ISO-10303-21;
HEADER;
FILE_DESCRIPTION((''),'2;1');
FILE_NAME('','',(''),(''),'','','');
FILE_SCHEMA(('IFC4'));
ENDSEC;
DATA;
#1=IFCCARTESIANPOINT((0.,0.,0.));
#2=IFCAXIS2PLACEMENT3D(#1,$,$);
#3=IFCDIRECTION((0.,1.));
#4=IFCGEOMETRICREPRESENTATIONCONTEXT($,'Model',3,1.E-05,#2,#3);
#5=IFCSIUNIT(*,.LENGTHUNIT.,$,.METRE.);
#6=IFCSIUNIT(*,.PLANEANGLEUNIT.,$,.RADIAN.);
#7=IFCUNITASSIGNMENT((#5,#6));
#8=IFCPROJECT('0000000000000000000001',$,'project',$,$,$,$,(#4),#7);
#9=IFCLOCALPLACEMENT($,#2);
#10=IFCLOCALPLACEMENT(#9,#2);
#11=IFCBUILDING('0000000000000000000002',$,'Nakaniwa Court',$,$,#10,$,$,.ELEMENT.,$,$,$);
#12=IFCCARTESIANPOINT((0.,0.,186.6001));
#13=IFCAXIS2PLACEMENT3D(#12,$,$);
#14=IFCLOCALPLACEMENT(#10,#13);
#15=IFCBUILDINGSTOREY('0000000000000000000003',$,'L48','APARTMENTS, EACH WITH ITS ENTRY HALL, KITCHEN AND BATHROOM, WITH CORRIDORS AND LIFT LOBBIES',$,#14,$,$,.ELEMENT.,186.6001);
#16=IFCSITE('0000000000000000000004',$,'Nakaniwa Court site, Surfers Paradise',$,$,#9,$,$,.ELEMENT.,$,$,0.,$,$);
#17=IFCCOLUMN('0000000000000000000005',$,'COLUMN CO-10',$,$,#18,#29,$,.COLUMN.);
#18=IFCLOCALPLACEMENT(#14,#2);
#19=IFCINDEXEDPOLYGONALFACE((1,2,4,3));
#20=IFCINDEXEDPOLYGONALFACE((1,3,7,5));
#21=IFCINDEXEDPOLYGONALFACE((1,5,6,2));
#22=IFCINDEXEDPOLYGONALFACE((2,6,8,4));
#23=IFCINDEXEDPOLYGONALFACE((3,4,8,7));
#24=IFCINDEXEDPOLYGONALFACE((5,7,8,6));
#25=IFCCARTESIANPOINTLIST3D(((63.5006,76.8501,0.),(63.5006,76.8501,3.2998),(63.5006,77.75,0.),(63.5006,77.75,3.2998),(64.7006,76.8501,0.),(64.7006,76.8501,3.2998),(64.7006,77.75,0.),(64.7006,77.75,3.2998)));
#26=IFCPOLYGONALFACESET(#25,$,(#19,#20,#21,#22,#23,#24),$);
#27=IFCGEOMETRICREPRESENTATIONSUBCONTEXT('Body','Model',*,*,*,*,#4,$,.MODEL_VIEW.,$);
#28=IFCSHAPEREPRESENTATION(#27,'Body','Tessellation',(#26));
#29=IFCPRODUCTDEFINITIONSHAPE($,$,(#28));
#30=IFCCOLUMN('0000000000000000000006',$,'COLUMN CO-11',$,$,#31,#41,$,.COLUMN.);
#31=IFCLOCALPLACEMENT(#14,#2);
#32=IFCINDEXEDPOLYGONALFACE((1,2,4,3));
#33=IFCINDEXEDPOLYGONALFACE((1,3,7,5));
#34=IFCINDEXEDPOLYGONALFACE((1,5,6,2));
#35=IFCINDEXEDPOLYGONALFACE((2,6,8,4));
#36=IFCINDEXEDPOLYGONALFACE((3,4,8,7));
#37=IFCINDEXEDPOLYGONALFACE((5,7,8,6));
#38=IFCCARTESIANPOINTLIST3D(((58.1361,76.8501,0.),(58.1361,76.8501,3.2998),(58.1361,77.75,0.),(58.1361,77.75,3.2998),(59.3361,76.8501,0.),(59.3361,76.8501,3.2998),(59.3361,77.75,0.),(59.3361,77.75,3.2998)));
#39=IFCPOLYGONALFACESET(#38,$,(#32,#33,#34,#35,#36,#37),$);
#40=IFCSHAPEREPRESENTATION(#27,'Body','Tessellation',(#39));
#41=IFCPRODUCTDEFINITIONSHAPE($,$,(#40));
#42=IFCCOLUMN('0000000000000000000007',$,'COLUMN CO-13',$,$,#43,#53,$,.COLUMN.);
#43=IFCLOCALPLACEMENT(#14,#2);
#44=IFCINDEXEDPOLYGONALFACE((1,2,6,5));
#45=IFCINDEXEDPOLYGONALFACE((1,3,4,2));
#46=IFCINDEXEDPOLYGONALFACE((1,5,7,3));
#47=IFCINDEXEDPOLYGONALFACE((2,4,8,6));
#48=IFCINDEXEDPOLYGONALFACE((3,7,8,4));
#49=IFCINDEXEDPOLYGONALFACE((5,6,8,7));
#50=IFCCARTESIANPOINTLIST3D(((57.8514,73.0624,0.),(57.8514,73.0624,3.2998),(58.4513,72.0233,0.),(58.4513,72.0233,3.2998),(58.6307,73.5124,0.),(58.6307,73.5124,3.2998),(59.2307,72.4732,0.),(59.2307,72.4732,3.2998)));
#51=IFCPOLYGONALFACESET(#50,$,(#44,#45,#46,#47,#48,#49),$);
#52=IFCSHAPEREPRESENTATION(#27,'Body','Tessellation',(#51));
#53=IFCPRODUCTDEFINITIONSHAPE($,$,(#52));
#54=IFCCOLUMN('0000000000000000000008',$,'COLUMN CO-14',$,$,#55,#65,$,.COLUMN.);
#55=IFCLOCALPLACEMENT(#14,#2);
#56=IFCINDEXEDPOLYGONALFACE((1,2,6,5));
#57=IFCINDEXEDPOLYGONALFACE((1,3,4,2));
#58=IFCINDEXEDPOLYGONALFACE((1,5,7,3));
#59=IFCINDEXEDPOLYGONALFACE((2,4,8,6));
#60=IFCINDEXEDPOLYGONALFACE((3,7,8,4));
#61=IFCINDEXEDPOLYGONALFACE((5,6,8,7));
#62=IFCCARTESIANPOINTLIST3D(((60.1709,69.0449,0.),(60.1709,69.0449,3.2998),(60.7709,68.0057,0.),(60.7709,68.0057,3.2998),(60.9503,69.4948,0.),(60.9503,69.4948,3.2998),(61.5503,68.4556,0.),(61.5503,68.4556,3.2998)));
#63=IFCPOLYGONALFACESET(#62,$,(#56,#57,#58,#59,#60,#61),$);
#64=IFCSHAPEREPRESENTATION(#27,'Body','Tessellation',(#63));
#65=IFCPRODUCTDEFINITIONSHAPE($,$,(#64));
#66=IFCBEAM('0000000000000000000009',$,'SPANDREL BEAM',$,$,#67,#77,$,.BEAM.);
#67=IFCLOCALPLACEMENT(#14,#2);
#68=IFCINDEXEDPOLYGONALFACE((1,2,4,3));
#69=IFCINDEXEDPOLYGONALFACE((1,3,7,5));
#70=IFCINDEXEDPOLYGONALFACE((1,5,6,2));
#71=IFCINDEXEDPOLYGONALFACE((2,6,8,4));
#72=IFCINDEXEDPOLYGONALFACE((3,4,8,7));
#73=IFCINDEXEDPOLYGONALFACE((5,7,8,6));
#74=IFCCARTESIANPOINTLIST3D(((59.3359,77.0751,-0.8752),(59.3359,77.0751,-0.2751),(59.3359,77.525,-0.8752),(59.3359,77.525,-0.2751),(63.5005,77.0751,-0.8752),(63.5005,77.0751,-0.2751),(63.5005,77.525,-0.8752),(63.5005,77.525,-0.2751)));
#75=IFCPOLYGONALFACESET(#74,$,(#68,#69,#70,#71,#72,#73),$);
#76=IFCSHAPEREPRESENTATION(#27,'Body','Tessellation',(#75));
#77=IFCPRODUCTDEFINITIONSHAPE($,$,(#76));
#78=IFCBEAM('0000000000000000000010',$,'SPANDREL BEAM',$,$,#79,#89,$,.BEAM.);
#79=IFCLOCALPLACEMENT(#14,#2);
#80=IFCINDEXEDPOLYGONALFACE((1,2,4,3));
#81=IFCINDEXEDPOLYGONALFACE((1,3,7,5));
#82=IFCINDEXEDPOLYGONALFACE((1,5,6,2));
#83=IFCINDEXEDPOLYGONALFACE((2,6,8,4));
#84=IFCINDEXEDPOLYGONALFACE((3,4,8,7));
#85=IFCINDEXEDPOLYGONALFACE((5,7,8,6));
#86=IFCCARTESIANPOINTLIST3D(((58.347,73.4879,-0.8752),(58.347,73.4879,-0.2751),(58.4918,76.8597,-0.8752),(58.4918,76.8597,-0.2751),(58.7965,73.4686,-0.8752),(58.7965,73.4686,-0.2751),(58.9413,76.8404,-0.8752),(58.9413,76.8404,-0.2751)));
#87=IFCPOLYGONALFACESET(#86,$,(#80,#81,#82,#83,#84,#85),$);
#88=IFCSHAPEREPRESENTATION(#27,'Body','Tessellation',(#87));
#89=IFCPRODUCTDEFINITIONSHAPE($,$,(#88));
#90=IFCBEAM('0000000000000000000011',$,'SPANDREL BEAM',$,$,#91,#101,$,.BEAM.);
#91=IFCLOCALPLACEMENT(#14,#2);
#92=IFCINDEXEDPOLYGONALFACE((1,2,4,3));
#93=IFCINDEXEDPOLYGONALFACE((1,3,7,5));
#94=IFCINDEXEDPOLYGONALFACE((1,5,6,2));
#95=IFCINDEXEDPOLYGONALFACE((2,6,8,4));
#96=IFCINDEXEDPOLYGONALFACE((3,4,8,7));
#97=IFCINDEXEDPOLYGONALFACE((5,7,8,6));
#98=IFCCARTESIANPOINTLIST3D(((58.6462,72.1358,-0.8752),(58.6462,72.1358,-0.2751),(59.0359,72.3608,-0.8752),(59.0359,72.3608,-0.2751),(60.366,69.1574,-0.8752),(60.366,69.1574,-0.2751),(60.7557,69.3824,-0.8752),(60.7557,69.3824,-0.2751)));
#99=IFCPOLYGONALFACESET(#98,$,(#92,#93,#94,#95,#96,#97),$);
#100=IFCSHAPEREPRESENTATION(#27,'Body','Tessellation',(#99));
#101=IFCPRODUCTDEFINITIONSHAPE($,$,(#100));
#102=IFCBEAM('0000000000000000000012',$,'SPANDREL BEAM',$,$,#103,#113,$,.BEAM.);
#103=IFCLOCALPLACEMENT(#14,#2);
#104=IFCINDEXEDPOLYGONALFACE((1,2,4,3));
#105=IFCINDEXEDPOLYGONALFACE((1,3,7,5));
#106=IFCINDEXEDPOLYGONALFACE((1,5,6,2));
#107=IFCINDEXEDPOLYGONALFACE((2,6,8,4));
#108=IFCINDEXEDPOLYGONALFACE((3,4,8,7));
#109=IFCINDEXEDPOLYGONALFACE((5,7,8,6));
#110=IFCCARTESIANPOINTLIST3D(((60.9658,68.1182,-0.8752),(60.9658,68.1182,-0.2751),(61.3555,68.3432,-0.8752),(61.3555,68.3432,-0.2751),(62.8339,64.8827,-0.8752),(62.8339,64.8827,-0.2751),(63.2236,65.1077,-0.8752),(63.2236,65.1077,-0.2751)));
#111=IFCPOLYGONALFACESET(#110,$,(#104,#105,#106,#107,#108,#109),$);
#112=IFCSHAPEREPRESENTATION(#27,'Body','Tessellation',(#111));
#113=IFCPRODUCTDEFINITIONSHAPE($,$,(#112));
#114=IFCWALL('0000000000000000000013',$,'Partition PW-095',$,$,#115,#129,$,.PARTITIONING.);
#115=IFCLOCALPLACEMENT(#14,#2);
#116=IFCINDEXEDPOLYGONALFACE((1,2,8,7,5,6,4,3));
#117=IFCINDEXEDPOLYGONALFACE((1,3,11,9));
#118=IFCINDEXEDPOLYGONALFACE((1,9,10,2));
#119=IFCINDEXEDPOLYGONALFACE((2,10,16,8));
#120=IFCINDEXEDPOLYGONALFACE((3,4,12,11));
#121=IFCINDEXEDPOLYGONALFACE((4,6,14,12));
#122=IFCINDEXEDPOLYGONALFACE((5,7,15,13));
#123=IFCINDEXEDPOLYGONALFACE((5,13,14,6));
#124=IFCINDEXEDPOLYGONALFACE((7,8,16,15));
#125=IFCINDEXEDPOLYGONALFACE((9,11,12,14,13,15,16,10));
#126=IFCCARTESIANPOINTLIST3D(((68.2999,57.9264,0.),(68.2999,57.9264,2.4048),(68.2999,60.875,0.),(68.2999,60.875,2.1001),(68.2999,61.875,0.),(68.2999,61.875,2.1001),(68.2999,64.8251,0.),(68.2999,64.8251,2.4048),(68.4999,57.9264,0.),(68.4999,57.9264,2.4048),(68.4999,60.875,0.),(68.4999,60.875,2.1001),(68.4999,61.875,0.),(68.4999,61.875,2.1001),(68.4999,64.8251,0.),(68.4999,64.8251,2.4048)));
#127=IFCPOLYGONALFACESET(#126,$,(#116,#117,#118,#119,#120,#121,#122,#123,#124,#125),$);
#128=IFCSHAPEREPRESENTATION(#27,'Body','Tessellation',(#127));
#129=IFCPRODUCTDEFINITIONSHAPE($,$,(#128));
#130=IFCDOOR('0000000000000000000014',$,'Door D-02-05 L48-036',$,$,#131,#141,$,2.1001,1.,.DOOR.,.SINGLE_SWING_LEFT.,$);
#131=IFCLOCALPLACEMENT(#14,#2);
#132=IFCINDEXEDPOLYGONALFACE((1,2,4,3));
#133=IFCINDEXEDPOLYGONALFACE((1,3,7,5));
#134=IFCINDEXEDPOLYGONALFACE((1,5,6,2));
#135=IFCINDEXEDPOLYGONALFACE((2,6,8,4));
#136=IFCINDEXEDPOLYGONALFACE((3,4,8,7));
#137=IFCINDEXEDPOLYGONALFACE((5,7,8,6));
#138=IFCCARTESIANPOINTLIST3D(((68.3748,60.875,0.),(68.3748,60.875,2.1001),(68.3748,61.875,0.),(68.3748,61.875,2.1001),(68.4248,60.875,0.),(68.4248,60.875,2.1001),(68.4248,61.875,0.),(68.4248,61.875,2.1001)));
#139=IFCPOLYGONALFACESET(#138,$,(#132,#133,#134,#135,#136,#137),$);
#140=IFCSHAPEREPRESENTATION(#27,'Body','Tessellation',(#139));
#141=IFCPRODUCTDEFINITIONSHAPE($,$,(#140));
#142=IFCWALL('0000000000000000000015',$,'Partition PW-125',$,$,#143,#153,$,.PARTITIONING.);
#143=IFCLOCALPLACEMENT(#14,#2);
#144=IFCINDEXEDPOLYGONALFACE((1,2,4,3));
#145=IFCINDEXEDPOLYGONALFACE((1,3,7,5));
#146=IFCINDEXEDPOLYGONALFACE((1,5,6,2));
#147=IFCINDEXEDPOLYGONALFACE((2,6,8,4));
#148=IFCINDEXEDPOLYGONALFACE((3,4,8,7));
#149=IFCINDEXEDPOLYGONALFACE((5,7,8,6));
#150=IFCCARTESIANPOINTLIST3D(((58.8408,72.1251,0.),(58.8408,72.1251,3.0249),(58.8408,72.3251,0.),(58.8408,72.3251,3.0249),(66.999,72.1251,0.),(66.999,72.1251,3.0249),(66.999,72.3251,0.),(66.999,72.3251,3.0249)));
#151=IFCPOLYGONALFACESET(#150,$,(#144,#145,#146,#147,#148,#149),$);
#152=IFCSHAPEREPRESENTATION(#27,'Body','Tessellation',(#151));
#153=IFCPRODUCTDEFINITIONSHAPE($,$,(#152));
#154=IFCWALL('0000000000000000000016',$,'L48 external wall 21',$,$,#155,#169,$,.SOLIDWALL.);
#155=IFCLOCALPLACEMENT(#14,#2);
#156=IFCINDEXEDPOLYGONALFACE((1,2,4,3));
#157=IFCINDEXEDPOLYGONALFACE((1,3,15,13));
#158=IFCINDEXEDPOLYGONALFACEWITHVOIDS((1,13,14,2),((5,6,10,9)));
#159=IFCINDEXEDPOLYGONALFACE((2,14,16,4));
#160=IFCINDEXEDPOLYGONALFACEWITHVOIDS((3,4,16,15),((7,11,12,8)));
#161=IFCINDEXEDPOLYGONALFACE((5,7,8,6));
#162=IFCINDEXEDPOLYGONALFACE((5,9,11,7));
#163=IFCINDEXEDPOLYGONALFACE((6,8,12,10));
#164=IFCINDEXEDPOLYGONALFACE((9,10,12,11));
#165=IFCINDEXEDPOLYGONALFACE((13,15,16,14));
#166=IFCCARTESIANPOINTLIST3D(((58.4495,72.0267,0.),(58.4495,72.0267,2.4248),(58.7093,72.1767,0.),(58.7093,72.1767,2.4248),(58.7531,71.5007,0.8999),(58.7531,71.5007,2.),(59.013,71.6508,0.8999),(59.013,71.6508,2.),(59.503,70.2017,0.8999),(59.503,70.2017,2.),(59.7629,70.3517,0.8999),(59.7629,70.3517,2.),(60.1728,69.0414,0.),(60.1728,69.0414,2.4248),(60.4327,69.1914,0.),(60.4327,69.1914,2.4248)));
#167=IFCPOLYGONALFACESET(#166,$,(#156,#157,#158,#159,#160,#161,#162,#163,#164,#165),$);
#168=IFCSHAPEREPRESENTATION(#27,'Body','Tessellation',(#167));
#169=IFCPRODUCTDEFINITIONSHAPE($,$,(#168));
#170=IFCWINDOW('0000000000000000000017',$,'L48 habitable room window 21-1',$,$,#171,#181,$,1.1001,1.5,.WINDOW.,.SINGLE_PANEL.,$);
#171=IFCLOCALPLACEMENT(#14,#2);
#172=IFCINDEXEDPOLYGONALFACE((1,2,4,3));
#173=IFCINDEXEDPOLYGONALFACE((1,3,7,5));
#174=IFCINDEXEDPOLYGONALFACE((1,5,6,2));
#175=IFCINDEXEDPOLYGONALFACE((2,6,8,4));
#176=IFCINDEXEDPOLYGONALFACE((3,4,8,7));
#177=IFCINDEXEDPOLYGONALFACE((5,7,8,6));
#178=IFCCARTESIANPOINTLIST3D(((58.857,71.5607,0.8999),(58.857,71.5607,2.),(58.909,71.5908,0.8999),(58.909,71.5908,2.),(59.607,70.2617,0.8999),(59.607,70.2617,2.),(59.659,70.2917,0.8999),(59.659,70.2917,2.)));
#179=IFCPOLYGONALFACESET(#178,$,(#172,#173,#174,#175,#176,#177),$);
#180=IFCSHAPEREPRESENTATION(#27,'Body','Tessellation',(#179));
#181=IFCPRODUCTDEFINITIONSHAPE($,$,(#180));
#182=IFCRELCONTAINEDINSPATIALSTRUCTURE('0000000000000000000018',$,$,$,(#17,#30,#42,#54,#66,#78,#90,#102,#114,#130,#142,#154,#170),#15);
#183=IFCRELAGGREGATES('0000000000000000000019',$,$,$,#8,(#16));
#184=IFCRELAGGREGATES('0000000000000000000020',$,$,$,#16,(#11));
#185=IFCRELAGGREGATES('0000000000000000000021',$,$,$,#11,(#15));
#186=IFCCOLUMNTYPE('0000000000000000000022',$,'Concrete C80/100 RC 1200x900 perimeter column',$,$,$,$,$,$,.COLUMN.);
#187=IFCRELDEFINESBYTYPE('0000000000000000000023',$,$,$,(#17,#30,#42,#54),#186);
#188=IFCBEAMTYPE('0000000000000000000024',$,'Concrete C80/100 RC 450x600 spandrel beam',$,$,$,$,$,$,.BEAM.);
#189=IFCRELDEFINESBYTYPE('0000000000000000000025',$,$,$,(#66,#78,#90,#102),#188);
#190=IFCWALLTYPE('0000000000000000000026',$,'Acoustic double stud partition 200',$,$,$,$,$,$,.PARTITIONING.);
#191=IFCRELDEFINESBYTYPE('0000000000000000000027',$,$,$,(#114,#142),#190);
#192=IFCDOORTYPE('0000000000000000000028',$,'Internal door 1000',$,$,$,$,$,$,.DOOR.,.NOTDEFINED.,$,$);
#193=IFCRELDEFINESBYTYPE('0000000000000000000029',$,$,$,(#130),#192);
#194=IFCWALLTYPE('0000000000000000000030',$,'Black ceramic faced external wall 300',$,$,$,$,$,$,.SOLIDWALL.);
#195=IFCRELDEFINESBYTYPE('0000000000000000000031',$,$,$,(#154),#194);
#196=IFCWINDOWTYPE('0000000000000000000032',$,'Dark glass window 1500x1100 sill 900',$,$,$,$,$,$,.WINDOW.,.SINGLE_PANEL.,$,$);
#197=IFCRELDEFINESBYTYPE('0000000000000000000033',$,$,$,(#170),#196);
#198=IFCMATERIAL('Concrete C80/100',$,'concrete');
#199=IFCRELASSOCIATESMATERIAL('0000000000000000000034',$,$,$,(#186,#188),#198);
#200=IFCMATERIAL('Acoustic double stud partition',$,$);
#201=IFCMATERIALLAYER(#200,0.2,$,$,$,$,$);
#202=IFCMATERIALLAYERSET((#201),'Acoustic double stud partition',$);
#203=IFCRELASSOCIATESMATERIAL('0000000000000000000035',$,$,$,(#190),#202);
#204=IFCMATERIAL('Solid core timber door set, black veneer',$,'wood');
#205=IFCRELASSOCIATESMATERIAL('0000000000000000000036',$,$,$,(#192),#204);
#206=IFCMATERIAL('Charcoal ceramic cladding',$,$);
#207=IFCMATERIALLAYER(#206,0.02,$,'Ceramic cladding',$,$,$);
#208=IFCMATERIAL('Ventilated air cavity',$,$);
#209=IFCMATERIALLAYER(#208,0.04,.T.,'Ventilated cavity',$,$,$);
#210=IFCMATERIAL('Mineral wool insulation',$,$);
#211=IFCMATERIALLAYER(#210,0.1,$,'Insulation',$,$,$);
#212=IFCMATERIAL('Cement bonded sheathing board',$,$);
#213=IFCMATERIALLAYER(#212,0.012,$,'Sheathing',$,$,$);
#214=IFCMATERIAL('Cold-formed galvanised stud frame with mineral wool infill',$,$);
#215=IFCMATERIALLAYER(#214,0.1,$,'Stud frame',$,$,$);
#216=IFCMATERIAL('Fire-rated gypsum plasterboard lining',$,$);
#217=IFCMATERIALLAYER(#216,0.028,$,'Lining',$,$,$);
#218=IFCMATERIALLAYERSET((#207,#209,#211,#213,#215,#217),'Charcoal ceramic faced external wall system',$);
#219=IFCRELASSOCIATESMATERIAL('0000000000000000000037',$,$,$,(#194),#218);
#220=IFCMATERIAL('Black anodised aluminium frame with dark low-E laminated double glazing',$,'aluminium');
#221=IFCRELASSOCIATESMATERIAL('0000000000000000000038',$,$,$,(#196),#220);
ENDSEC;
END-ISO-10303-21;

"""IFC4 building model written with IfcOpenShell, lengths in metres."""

from ifc_helpers import new_model, si_unit, direction, frame, frame_2d, origin, origin_2d, place, context, subcontext, project, spatial, rectangle, extrude, material, layer, layer_set, material_profile, profile_set, type_object, element, fill, save


model = new_model("IFC4")

# Units and contexts
model_context = context("Model", 3, precision=1e-05, world=origin(), true_north=direction((0.0, 1.0)))
body_context = subcontext(model_context, "Body", "Model", "MODEL_VIEW")
ifc_project = project(units=[si_unit("LENGTHUNIT", "METRE"), si_unit("PLANEANGLEUNIT", "RADIAN")], contexts=[model_context])

# Site, building, storey
site_placement = place(None, origin())
site = spatial("IfcSite", under=ifc_project, at=site_placement, Name="Nakaniwa Court site, Surfers Paradise", CompositionType="ELEMENT", RefElevation=0.0)
building_placement = place(site_placement, origin())
building = spatial("IfcBuilding", under=site, at=building_placement, Name="Nakaniwa Court", CompositionType="ELEMENT")
storey_placement = place(building_placement, frame((0.0, 0.0, 186.6001)))
storey = spatial("IfcBuildingStorey", under=building, at=storey_placement, Name="L48", Description="APARTMENTS, EACH WITH ITS ENTRY HALL, KITCHEN AND BATHROOM, WITH CORRIDORS AND LIFT LOBBIES", CompositionType="ELEMENT", Elevation=186.6001)

# Columns
ifc_material_1 = material(Name="Concrete C80/100", Category="concrete")
ifc_material_profile_1 = material_profile(ifc_material_1, rectangle(XDim=1.2, YDim=0.8999, at=origin_2d()), Name="Concrete C80/100 RC 1200x900 perimeter column")
ifc_profile_set_1 = profile_set([ifc_material_profile_1], Name="Concrete C80/100")
column_type = type_object("IfcColumnType", Name="Concrete C80/100 RC 1200x900 perimeter column", PredefinedType="COLUMN", material=ifc_profile_set_1)
for number, where, z_axis, x_axis, name in (
    (1, (64.1006, 77.3, 0.0), (0.0, 0.0, 1.0), (-1.0, 0.0, 0.0), "COLUMN CO-10"),
    (2, (58.7361, 77.3, 0.0), (0.0, 0.0, 1.0), (-1.0, 0.0, 0.0), "COLUMN CO-11"),
    (3, (58.541, 72.7678, 0.0), (0.0, 0.0, 1.0), (0.5, -0.866025, 0.0), "COLUMN CO-13"),
    (4, (60.8606, 68.7502, 0.0), (0.0, 0.0, 1.0), (0.5, -0.866025, 0.0), "COLUMN CO-14"),
):
    element("IfcColumn", number, at=place(storey_placement, frame(where, z_axis=z_axis, x_axis=x_axis)), inside=storey, type_object=column_type, Name=name, PredefinedType="COLUMN", context=body_context, shape_type="SweptSolid", body=[
        extrude(rectangle(XDim=1.2, YDim=0.8999, at=origin_2d()), origin(), (0.0, 0.0, 1.0), 3.2998),
    ])

# Beams
ifc_material_profile_2 = material_profile(ifc_material_1, rectangle(XDim=0.45, YDim=0.6001, at=origin_2d()), Name="Concrete C80/100 RC 450x600 spandrel beam")
ifc_profile_set_2 = profile_set([ifc_material_profile_2], Name="Concrete C80/100")
beam_type = type_object("IfcBeamType", Name="Concrete C80/100 RC 450x600 spandrel beam", PredefinedType="BEAM", material=ifc_profile_set_2)
beam_1_placement = place(storey_placement, frame((63.5005, 77.3, -0.5752), z_axis=(-1.0, 0.0, 0.0), x_axis=(0.0, -1.0, 0.0)))
element("IfcBeam", 5, at=beam_1_placement, inside=storey, type_object=beam_type, Name="SPANDREL BEAM", PredefinedType="BEAM", context=body_context, shape_type="SweptSolid", body=[
    extrude(rectangle(XDim=0.45, YDim=0.6001, at=origin_2d()), origin(), (0.0, 0.0, 1.0), 4.1646),
])
beam_2_placement = place(storey_placement, frame((58.7166, 76.8501, -0.5752), z_axis=(-0.042897, -0.999079, 0.0), x_axis=(0.999079, -0.042897, 0.0)))
element("IfcBeam", 6, at=beam_2_placement, inside=storey, type_object=beam_type, Name="SPANDREL BEAM", PredefinedType="BEAM", context=body_context, shape_type="SweptSolid", body=[
    extrude(rectangle(XDim=0.45, YDim=0.6001, at=origin_2d()), origin(), (0.0, 0.0, 1.0), 3.375),
])
beam_3_placement = place(storey_placement, frame((58.8411, 72.2483, -0.5752), z_axis=(0.500048, -0.865998, 0.0), x_axis=(0.865998, 0.500048, 0.0)))
element("IfcBeam", 7, at=beam_3_placement, inside=storey, type_object=beam_type, Name="SPANDREL BEAM", PredefinedType="BEAM", context=body_context, shape_type="SweptSolid", body=[
    extrude(rectangle(XDim=0.45, YDim=0.6001, at=origin_2d()), origin(), (0.0, 0.0, 1.0), 3.4392),
])
beam_4_placement = place(storey_placement, frame((61.1606, 68.2307, -0.5752), z_axis=(0.500018, -0.866015, 0.0), x_axis=(0.866015, 0.500018, 0.0)))
element("IfcBeam", 8, at=beam_4_placement, inside=storey, type_object=beam_type, Name="SPANDREL BEAM", PredefinedType="BEAM", context=body_context, shape_type="SweptSolid", body=[
    extrude(rectangle(XDim=0.45, YDim=0.6001, at=origin_2d()), origin(), (0.0, 0.0, 1.0), 3.7361),
])

# Wall, opening, door
ifc_material_2 = material(Name="Acoustic double stud partition")
ifc_layer_1 = layer(ifc_material_2, 0.2)
ifc_layer_set_1 = layer_set([ifc_layer_1], Name="Acoustic double stud partition")
wall_type_1 = type_object("IfcWallType", Name="Acoustic double stud partition 200", PredefinedType="PARTITIONING", material=ifc_layer_set_1)
wall_1_placement = place(storey_placement, frame((68.3999, 64.825, 0.0), z_axis=(0.0, 0.0, 1.0), x_axis=(0.0, -1.0, 0.0)))
wall_1 = element("IfcWall", 9, at=wall_1_placement, inside=storey, type_object=wall_type_1, Name="Partition PW-095", PredefinedType="PARTITIONING", context=body_context, shape_type="SweptSolid", body=[
    extrude(rectangle(XDim=6.8987, YDim=0.2, at=frame_2d((3.4492, 0.0))), origin(), (0.0, 0.0, 1.0), 2.4048),
])
opening_1_placement = place(wall_1_placement, frame((2.95, 0.0, 0.0)))
opening_1 = element("IfcOpeningElement", 10, at=opening_1_placement, cuts=wall_1, PredefinedType="OPENING", context=body_context, shape_type="SweptSolid", body=[
    extrude(rectangle(XDim=1.0, YDim=2.1001, at=frame_2d((0.5, 1.05))), frame((0.0, 0.1099, 0.0), z_axis=(0.0, -1.0, 0.0), x_axis=(1.0, 0.0, 0.0)), (0.0, 0.0, 1.0), 0.22),
])
ifc_material_3 = material(Name="Solid core timber door set, black veneer", Category="wood")
door_type_1 = type_object("IfcDoorType", Name="Internal door 1000", OperationType="NOTDEFINED", PredefinedType="DOOR", material=ifc_material_3)
door_1_placement = place(opening_1_placement, origin())
door_1 = element("IfcDoor", 11, at=door_1_placement, inside=storey, type_object=door_type_1, Name="Door D-02-05 L48-036", OperationType="SINGLE_SWING_LEFT", OverallHeight=2.1001, OverallWidth=1.0, PredefinedType="DOOR", context=body_context, shape_type="SweptSolid", body=[
    extrude(rectangle(XDim=1.0, YDim=2.1001, at=frame_2d((0.5, 1.05))), frame((0.0, 0.0249, 0.0), z_axis=(0.0, -1.0, 0.0), x_axis=(1.0, 0.0, 0.0)), (0.0, 0.0, 1.0), 0.05),
])
fill(opening_1, door_1)

# Wall
wall_2_placement = place(storey_placement, frame((58.8408, 72.2251, 0.0), z_axis=(0.0, 0.0, 1.0), x_axis=(1.0, 0.0, 0.0)))
element("IfcWall", 12, at=wall_2_placement, inside=storey, type_object=wall_type_1, Name="Partition PW-125", PredefinedType="PARTITIONING", context=body_context, shape_type="SweptSolid", body=[
    extrude(rectangle(XDim=8.1582, YDim=0.2, at=frame_2d((4.0791, 0.0))), origin(), (0.0, 0.0, 1.0), 3.0249),
])

# Wall, opening, window
ifc_material_4 = material(Name="Charcoal ceramic cladding")
ifc_layer_2 = layer(ifc_material_4, 0.02, Name="Ceramic cladding")
ifc_material_5 = material(Name="Ventilated air cavity")
ifc_layer_3 = layer(ifc_material_5, 0.04, ventilated=True, Name="Ventilated cavity")
ifc_material_6 = material(Name="Mineral wool insulation")
ifc_layer_4 = layer(ifc_material_6, 0.1, Name="Insulation")
ifc_material_7 = material(Name="Cement bonded sheathing board")
ifc_layer_5 = layer(ifc_material_7, 0.012, Name="Sheathing")
ifc_material_8 = material(Name="Cold-formed galvanised stud frame with mineral wool infill")
ifc_layer_6 = layer(ifc_material_8, 0.1, Name="Stud frame")
ifc_material_9 = material(Name="Fire-rated gypsum plasterboard lining")
ifc_layer_7 = layer(ifc_material_9, 0.028, Name="Lining")
ifc_layer_set_2 = layer_set([ifc_layer_2, ifc_layer_3, ifc_layer_4, ifc_layer_5, ifc_layer_6, ifc_layer_7], Name="Charcoal ceramic faced external wall system")
wall_type_2 = type_object("IfcWallType", Name="Black ceramic faced external wall 300", PredefinedType="SOLIDWALL", material=ifc_layer_set_2)
wall_3_placement = place(storey_placement, frame((58.5793, 72.1018, 0.0), z_axis=(0.0, 0.0, 1.0), x_axis=(0.499955, -0.866051, 0.0)))
wall_3 = element("IfcWall", 13, at=wall_3_placement, inside=storey, type_object=wall_type_2, Name="L48 external wall 21", PredefinedType="SOLIDWALL", context=body_context, shape_type="SweptSolid", body=[
    extrude(rectangle(XDim=3.447, YDim=0.3, at=frame_2d((1.7236, 0.0))), origin(), (0.0, 0.0, 1.0), 2.4248),
])
opening_2_placement = place(wall_3_placement, frame((0.6074, 0.0, 0.8999)))
opening_2 = element("IfcOpeningElement", 14, at=opening_2_placement, cuts=wall_3, PredefinedType="OPENING", context=body_context, shape_type="SweptSolid", body=[
    extrude(rectangle(XDim=1.5, YDim=1.1001, at=frame_2d((0.75, 0.55))), frame((0.0, 0.1599, 0.0), z_axis=(0.0, -1.0, 0.0), x_axis=(1.0, 0.0, 0.0)), (0.0, 0.0, 1.0), 0.3201),
])
ifc_material_10 = material(Name="Black anodised aluminium frame with dark low-E laminated double glazing", Category="aluminium")
window_type = type_object("IfcWindowType", Name="Dark glass window 1500x1100 sill 900", PartitioningType="SINGLE_PANEL", PredefinedType="WINDOW", material=ifc_material_10)
window_placement = place(opening_2_placement, origin())
window = element("IfcWindow", 15, at=window_placement, inside=storey, type_object=window_type, Name="L48 habitable room window 21-1", OverallHeight=1.1001, OverallWidth=1.5, PartitioningType="SINGLE_PANEL", PredefinedType="WINDOW", context=body_context, shape_type="SweptSolid", body=[
    extrude(rectangle(XDim=1.5, YDim=1.1001, at=frame_2d((0.75, 0.55))), frame((0.0, 0.03, 0.0), z_axis=(0.0, -1.0, 0.0), x_axis=(1.0, 0.0, 0.0)), (0.0, 0.0, 1.0), 0.0601),
])
fill(opening_2, window)

save(model, "model.ifc")
